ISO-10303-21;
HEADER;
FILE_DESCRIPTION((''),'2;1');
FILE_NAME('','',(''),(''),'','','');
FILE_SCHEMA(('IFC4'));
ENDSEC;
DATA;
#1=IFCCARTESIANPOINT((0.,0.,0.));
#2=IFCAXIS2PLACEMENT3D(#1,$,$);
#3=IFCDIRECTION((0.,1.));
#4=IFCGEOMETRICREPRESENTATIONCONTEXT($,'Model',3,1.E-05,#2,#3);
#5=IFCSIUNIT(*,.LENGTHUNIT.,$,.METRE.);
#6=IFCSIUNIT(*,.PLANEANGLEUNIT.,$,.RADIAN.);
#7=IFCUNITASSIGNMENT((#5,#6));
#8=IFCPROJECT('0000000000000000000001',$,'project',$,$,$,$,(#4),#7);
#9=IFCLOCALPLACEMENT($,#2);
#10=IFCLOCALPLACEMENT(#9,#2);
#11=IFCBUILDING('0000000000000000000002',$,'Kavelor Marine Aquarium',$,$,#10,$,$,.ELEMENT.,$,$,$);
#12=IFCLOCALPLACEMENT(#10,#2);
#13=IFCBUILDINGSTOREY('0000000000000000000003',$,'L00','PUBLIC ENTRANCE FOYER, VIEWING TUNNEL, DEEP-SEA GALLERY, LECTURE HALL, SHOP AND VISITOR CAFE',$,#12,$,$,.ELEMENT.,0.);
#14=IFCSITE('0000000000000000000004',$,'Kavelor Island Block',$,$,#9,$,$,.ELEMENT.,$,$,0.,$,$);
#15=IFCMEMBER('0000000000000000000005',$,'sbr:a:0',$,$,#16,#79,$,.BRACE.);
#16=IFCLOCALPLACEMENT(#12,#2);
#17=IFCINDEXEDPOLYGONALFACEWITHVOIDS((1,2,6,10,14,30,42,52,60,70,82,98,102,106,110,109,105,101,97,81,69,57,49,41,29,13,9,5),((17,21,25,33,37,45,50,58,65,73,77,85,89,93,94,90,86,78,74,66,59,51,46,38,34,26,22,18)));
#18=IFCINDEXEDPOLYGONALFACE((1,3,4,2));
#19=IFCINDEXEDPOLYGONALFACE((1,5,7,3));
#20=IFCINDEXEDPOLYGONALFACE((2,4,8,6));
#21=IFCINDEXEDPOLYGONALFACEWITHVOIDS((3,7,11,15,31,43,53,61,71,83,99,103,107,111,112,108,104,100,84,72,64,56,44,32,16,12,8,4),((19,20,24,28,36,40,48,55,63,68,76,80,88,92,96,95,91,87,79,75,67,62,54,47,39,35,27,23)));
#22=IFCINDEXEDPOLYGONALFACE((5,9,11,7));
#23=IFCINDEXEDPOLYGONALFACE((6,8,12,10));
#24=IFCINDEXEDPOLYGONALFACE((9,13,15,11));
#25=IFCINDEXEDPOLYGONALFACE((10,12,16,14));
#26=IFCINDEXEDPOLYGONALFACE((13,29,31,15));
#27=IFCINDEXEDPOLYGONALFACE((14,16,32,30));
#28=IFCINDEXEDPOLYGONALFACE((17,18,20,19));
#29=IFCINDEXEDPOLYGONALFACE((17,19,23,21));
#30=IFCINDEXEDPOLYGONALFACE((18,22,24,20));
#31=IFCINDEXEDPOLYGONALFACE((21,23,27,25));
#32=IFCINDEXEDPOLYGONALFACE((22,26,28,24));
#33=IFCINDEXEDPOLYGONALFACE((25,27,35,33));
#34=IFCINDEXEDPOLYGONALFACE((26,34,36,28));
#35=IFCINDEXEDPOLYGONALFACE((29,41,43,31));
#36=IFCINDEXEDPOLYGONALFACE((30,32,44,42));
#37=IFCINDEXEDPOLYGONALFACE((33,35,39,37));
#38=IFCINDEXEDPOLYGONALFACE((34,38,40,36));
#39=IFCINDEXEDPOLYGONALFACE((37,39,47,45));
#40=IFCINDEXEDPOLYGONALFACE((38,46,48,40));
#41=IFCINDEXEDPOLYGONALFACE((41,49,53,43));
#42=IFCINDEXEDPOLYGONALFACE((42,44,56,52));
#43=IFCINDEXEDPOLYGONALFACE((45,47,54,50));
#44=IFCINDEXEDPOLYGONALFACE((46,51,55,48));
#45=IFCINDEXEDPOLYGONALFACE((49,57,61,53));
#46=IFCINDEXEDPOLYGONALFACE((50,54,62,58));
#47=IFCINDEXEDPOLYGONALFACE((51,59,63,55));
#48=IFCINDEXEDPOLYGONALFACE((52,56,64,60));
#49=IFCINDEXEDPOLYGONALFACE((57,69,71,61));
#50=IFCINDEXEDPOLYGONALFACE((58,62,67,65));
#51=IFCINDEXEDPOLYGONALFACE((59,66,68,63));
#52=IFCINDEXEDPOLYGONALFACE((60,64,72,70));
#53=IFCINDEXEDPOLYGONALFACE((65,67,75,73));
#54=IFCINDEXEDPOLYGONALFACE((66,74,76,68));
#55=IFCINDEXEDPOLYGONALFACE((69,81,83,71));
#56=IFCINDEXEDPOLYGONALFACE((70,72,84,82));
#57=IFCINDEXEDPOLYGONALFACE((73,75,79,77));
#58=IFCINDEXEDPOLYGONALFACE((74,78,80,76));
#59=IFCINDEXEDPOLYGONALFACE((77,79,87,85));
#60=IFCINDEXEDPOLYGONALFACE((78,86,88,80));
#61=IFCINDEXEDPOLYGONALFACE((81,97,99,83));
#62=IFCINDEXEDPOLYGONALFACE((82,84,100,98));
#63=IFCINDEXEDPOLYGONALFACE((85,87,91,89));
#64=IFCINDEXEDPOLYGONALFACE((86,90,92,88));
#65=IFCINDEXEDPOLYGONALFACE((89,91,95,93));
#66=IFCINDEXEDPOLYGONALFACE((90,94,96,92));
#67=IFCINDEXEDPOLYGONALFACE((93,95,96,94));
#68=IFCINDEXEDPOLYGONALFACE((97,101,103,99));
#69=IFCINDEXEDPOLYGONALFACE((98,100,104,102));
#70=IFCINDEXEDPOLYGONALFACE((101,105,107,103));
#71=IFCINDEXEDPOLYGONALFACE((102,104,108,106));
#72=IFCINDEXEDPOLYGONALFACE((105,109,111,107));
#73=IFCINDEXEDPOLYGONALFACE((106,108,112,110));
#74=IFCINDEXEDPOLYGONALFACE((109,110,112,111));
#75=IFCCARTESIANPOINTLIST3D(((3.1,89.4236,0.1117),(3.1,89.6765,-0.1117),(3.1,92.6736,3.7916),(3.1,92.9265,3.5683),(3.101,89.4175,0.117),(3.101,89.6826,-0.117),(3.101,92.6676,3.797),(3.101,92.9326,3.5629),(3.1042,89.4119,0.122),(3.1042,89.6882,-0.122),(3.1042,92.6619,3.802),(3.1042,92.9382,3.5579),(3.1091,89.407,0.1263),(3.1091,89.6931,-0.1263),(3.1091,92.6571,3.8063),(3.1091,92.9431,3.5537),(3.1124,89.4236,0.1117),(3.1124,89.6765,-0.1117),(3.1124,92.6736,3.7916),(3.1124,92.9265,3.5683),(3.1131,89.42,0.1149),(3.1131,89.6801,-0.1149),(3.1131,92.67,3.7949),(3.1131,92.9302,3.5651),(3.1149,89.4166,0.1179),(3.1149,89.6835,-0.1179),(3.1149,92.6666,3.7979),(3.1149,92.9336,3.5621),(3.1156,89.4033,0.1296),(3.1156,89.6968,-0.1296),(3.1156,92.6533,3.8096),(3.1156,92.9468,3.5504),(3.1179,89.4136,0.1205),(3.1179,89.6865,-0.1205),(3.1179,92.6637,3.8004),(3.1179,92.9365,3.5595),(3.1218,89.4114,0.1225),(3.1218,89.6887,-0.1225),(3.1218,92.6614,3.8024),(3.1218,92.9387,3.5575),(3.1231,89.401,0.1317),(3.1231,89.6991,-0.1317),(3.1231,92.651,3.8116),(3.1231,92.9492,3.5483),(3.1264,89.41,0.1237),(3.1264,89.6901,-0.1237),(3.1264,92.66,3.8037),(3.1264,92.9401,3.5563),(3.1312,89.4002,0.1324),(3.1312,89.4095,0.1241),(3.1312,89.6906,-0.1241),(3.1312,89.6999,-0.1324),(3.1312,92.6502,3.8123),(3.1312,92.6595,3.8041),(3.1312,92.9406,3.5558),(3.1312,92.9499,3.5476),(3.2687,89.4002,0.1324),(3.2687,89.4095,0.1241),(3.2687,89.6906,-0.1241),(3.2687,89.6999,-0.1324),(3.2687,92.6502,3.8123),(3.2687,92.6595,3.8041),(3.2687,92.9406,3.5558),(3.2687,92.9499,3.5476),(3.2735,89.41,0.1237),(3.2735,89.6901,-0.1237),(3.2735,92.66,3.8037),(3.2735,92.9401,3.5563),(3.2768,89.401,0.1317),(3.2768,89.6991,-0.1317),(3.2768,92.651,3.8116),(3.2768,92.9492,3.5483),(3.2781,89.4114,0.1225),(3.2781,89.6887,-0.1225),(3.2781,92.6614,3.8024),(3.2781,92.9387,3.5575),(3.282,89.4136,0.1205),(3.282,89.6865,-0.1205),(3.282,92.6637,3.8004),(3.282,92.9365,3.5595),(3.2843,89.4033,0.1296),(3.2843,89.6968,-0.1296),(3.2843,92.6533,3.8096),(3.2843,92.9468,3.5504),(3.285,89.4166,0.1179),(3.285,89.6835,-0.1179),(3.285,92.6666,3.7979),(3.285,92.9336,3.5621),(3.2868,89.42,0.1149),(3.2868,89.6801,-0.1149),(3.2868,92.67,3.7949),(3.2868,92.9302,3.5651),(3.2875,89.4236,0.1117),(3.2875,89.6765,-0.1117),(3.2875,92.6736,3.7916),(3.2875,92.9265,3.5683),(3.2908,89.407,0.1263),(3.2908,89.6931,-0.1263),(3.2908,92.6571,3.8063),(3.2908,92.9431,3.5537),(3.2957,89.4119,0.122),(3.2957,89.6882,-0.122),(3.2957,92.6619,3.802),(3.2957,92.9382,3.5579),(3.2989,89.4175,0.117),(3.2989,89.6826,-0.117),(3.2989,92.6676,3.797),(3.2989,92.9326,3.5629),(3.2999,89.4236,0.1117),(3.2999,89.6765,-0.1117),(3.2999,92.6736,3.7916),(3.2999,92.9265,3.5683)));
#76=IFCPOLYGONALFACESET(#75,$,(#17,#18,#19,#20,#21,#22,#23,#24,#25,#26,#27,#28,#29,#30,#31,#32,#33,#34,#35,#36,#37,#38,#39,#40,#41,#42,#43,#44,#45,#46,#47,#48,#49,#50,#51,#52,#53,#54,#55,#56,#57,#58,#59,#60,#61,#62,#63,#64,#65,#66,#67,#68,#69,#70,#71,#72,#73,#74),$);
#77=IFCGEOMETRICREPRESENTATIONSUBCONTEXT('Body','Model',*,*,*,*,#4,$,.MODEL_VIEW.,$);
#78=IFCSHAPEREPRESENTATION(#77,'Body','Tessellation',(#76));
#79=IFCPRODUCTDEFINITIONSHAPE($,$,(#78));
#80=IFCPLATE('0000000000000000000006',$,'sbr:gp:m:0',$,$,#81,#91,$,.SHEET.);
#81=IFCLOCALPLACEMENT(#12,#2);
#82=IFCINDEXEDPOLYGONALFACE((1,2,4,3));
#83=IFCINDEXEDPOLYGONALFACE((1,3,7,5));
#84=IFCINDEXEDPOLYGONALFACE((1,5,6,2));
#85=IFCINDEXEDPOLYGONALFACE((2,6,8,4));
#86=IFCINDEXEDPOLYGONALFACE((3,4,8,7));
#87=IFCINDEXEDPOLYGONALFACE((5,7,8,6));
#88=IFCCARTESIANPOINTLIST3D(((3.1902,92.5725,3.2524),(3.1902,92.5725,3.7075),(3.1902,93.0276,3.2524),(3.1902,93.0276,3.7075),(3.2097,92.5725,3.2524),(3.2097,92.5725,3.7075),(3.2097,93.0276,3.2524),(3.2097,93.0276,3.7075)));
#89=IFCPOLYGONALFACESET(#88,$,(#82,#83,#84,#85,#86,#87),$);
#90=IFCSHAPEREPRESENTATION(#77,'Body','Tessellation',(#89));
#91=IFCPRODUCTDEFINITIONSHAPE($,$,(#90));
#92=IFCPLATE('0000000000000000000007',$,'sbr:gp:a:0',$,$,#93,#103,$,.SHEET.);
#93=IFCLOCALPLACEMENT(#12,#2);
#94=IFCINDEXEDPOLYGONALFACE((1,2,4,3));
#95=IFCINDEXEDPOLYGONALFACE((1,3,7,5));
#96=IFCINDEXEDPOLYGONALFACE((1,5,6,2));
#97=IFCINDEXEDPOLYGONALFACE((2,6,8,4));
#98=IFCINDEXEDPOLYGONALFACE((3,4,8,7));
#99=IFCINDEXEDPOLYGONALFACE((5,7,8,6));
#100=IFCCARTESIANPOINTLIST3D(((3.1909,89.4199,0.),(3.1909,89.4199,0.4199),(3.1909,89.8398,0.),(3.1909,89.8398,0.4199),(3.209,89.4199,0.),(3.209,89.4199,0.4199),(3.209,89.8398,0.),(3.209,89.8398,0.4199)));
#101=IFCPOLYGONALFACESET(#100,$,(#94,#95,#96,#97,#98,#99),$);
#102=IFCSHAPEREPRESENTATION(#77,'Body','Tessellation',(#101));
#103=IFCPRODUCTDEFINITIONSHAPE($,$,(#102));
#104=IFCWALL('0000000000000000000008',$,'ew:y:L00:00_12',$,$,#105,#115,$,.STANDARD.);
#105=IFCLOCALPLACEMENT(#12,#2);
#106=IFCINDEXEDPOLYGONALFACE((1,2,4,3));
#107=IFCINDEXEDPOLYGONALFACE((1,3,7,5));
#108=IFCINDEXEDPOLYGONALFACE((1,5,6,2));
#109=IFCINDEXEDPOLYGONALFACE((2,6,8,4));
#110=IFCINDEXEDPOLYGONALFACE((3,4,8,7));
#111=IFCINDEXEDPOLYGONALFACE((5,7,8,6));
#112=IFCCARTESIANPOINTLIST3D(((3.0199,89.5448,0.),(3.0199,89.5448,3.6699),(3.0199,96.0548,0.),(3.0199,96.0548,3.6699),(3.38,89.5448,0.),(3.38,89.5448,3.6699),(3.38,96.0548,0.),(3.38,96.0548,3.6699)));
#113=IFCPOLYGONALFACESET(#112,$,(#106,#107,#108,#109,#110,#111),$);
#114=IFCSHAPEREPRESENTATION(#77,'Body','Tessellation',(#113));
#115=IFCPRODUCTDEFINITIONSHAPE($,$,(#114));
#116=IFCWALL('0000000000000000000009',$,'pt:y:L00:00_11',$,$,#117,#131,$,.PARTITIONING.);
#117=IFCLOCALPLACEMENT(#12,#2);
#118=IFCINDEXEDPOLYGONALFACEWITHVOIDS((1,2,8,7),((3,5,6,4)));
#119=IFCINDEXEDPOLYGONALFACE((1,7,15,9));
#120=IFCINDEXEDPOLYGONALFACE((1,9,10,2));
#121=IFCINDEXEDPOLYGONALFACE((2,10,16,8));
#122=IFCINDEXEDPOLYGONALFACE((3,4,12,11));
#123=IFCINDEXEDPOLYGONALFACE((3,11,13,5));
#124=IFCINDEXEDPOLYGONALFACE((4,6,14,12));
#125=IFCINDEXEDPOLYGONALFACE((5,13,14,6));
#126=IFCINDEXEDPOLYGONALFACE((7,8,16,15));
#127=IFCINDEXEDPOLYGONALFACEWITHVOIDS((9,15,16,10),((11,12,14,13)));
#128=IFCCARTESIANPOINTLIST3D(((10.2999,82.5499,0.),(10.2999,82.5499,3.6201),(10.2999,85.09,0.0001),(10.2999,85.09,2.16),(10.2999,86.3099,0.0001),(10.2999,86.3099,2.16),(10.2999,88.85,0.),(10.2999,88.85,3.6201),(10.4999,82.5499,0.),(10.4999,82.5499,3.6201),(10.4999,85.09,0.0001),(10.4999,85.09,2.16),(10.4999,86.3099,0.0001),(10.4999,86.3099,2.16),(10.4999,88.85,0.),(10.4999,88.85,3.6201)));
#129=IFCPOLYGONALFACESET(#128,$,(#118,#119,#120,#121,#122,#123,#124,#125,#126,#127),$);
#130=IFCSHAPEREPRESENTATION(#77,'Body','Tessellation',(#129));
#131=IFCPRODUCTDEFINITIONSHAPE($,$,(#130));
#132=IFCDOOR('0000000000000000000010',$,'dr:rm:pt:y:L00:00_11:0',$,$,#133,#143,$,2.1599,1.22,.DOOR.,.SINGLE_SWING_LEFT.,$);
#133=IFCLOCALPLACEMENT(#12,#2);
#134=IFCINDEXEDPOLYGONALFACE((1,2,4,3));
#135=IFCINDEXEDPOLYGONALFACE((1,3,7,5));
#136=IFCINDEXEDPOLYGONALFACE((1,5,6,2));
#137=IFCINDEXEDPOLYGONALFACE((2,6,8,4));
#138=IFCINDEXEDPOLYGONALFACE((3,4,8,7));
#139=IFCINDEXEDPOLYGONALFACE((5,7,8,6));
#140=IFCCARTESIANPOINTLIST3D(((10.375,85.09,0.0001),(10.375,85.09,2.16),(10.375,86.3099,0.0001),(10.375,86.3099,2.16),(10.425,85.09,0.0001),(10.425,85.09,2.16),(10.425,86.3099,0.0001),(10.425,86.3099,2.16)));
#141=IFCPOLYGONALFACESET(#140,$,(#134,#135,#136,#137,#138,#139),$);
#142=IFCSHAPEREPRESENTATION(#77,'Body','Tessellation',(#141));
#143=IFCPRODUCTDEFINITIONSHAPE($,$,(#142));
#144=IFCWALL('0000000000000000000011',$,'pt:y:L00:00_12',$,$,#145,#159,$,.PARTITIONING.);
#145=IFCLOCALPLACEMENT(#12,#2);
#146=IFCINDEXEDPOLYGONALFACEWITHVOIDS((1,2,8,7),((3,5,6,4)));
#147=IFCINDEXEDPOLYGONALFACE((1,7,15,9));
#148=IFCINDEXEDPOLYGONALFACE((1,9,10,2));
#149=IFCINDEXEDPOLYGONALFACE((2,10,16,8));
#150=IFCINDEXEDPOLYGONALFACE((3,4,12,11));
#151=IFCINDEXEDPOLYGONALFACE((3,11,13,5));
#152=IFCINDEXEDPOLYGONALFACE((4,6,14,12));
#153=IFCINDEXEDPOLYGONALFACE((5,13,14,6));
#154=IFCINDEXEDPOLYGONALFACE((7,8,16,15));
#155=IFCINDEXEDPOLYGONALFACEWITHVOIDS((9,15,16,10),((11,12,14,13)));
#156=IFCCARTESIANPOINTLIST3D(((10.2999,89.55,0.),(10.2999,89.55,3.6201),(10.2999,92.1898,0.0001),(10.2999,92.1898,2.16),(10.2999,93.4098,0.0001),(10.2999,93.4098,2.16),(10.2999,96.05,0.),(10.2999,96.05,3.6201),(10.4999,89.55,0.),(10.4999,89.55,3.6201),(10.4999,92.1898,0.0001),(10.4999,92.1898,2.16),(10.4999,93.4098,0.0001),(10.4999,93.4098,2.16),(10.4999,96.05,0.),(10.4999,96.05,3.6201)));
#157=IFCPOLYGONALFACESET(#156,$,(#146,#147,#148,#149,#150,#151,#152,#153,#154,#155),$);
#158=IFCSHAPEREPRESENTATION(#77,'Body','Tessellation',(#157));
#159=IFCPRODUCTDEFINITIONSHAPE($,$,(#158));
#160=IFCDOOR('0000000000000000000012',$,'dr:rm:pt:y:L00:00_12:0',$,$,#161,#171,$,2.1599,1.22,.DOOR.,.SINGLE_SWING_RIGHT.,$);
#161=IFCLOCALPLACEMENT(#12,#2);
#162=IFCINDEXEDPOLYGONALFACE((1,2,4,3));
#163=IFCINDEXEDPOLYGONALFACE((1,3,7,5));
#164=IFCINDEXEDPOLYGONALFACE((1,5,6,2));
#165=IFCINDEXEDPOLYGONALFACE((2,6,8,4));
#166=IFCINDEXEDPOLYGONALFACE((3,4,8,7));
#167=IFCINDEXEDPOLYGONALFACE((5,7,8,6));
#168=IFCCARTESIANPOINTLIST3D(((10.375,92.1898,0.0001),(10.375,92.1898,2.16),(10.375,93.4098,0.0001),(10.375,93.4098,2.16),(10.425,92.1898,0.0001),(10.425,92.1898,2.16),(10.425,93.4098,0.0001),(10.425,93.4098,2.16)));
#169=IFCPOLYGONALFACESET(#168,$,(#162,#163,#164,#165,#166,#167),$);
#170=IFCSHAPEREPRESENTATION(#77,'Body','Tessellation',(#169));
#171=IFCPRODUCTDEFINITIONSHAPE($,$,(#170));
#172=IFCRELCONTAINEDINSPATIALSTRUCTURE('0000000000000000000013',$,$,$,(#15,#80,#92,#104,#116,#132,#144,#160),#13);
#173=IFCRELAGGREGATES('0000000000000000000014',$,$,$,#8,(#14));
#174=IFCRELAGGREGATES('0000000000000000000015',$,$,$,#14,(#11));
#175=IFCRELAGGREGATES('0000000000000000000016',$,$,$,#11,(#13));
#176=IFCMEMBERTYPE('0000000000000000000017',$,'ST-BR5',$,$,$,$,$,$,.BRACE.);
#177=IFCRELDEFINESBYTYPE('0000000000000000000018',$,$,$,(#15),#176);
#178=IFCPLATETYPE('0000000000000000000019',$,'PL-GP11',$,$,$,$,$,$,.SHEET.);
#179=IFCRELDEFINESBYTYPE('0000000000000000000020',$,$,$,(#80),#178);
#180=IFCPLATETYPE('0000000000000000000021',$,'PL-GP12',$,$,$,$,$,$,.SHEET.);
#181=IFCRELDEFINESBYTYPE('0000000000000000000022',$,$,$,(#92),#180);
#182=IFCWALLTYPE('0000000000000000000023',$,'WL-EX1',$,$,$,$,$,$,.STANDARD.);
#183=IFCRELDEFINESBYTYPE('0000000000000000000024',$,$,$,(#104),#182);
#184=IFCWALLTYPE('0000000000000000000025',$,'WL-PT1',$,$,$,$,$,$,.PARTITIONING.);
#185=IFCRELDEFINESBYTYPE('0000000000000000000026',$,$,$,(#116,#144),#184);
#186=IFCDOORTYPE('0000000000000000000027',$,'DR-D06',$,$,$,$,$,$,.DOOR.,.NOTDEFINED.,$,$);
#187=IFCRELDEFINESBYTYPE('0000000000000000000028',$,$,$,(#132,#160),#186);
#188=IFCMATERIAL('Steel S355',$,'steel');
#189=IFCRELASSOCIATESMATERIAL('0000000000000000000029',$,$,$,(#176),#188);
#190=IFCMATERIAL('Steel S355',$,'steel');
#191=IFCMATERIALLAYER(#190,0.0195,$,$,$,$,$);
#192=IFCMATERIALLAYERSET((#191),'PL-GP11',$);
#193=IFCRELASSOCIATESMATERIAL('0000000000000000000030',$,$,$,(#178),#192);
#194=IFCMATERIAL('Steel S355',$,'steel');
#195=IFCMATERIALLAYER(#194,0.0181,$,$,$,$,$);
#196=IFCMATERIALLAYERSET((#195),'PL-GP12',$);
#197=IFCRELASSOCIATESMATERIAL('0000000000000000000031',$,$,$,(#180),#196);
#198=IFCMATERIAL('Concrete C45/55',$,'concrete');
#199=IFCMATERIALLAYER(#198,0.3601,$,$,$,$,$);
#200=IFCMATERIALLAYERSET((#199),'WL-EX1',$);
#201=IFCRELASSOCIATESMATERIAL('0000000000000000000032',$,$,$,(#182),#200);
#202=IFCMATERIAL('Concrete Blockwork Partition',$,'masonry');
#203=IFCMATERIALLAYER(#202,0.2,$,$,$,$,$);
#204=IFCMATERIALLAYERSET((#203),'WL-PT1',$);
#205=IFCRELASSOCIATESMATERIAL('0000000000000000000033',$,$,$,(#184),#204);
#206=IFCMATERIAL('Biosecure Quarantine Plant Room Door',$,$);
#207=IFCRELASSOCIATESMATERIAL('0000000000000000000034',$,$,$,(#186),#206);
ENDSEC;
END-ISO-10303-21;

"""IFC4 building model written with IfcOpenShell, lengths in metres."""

from ifc_helpers import new_model, si_unit, direction, frame, frame_2d, origin, origin_2d, place, context, subcontext, project, spatial, rectangle, hollow_rectangle, extrude, material, layer, layer_set, material_profile, profile_set, type_object, element, fill, save


model = new_model("IFC4")

# Units and contexts
model_context = context("Model", 3, precision=1e-05, world=origin(), true_north=direction((0.0, 1.0)))
body_context = subcontext(model_context, "Body", "Model", "MODEL_VIEW")
ifc_project = project(units=[si_unit("LENGTHUNIT", "METRE"), si_unit("PLANEANGLEUNIT", "RADIAN")], contexts=[model_context])

# Site, building, storey
site_placement = place(None, origin())
site = spatial("IfcSite", under=ifc_project, at=site_placement, Name="Kavelor Island Block", CompositionType="ELEMENT", RefElevation=0.0)
building_placement = place(site_placement, origin())
building = spatial("IfcBuilding", under=site, at=building_placement, Name="Kavelor Marine Aquarium", CompositionType="ELEMENT")
storey_placement = place(building_placement, origin())
storey = spatial("IfcBuildingStorey", under=building, at=storey_placement, Name="L00", Description="PUBLIC ENTRANCE FOYER, VIEWING TUNNEL, DEEP-SEA GALLERY, LECTURE HALL, SHOP AND VISITOR CAFE", CompositionType="ELEMENT", Elevation=0.0)

# Member
ifc_material_1 = material(Name="Steel S355", Category="steel")
ifc_material_profile_1 = material_profile(ifc_material_1, hollow_rectangle(XDim=0.2, YDim=0.3999, WallThickness=0.0125, InnerFilletRadius=0.0188, OuterFilletRadius=0.0312, at=origin_2d()), Name="RHS 400x200x12.5")
ifc_profile_set_1 = profile_set([ifc_material_profile_1], Name="Steel S355")
member_type = type_object("IfcMemberType", Name="ST-BR5", PredefinedType="BRACE", material=ifc_profile_set_1)
member_placement = place(storey_placement, frame((3.2, 89.55, 0.0), z_axis=(0.0, 0.661965, 0.749534), x_axis=(-1.0, 0.0, 0.0)))
element("IfcMember", 1, at=member_placement, inside=storey, type_object=member_type, Name="sbr:a:0", PredefinedType="BRACE", context=body_context, shape_type="SweptSolid", body=[
    extrude(hollow_rectangle(XDim=0.2, YDim=0.3999, WallThickness=0.0125, InnerFilletRadius=0.0188, OuterFilletRadius=0.0312, at=origin_2d()), origin(), (0.0, 0.0, 1.0), 4.9097),
])

# Plates
ifc_material_2 = material(Name="Steel S355", Category="steel")
ifc_layer_1 = layer(ifc_material_2, 0.0195)
ifc_layer_set_1 = layer_set([ifc_layer_1], Name="PL-GP11")
plate_type_1 = type_object("IfcPlateType", Name="PL-GP11", PredefinedType="SHEET", material=ifc_layer_set_1)
plate_1_placement = place(storey_placement, frame((3.2, 92.8, 3.2524), z_axis=(0.0, 0.0, 1.0), x_axis=(1.0, 0.0, 0.0)))
element("IfcPlate", 2, at=plate_1_placement, inside=storey, type_object=plate_type_1, Name="sbr:gp:m:0", PredefinedType="SHEET", context=body_context, shape_type="SweptSolid", body=[
    extrude(rectangle(XDim=0.0195, YDim=0.4551, at=origin_2d()), origin(), (0.0, 0.0, 1.0), 0.4551),
])
ifc_material_3 = material(Name="Steel S355", Category="steel")
ifc_layer_2 = layer(ifc_material_3, 0.0181)
ifc_layer_set_2 = layer_set([ifc_layer_2], Name="PL-GP12")
plate_type_2 = type_object("IfcPlateType", Name="PL-GP12", PredefinedType="SHEET", material=ifc_layer_set_2)
plate_2_placement = place(storey_placement, frame((3.2, 89.6299, 0.0), z_axis=(0.0, 0.0, 1.0), x_axis=(1.0, 0.0, 0.0)))
element("IfcPlate", 3, at=plate_2_placement, inside=storey, type_object=plate_type_2, Name="sbr:gp:a:0", PredefinedType="SHEET", context=body_context, shape_type="SweptSolid", body=[
    extrude(rectangle(XDim=0.0181, YDim=0.4199, at=origin_2d()), origin(), (0.0, 0.0, 1.0), 0.4199),
])

# Wall
ifc_material_4 = material(Name="Concrete C45/55", Category="concrete")
ifc_layer_3 = layer(ifc_material_4, 0.3601)
ifc_layer_set_3 = layer_set([ifc_layer_3], Name="WL-EX1")
wall_type_1 = type_object("IfcWallType", Name="WL-EX1", PredefinedType="STANDARD", material=ifc_layer_set_3)
wall_1_placement = place(storey_placement, frame((3.2, 89.5449, 0.0), z_axis=(0.0, 0.0, 1.0), x_axis=(0.0, 1.0, 0.0)))
element("IfcWall", 4, at=wall_1_placement, inside=storey, type_object=wall_type_1, Name="ew:y:L00:00_12", PredefinedType="STANDARD", context=body_context, shape_type="SweptSolid", body=[
    extrude(rectangle(XDim=6.51, YDim=0.3601, at=frame_2d((3.2549, 0.0))), origin(), (0.0, 0.0, 1.0), 3.6699),
])

# Walls, openings, doors
ifc_material_5 = material(Name="Concrete Blockwork Partition", Category="masonry")
ifc_layer_4 = layer(ifc_material_5, 0.2)
ifc_layer_set_4 = layer_set([ifc_layer_4], Name="WL-PT1")
wall_type_2 = type_object("IfcWallType", Name="WL-PT1", PredefinedType="PARTITIONING", material=ifc_layer_set_4)
wall_2_placement = place(storey_placement, frame((10.3999, 82.55, 0.0), z_axis=(0.0, 0.0, 1.0), x_axis=(0.0, 1.0, 0.0)))
wall_2 = element("IfcWall", 5, at=wall_2_placement, inside=storey, type_object=wall_type_2, Name="pt:y:L00:00_11", PredefinedType="PARTITIONING", context=body_context, shape_type="SweptSolid", body=[
    extrude(rectangle(XDim=6.3, YDim=0.2, at=frame_2d((3.1499, 0.0))), origin(), (0.0, 0.0, 1.0), 3.6201),
])
opening_1_placement = place(wall_2_placement, frame((2.54, 0.0, 0.0)))
opening_1 = element("IfcOpeningElement", 6, at=opening_1_placement, cuts=wall_2, PredefinedType="OPENING", context=body_context, shape_type="SweptSolid", body=[
    extrude(rectangle(XDim=1.22, YDim=2.1599, at=frame_2d((0.6099, 1.0801))), frame((0.0, 0.1099, 0.0), z_axis=(0.0, -1.0, 0.0), x_axis=(1.0, 0.0, 0.0)), (0.0, 0.0, 1.0), 0.22),
])
ifc_material_6 = material(Name="Biosecure Quarantine Plant Room Door")
door_type = type_object("IfcDoorType", Name="DR-D06", OperationType="NOTDEFINED", PredefinedType="DOOR", material=ifc_material_6)
door_1_placement = place(opening_1_placement, origin())
door_1 = element("IfcDoor", 7, at=door_1_placement, inside=storey, type_object=door_type, Name="dr:rm:pt:y:L00:00_11:0", OperationType="SINGLE_SWING_LEFT", OverallHeight=2.1599, OverallWidth=1.22, PredefinedType="DOOR", context=body_context, shape_type="SweptSolid", body=[
    extrude(rectangle(XDim=1.22, YDim=2.1599, at=frame_2d((0.6099, 1.0801))), frame((0.0, 0.0249, 0.0), z_axis=(0.0, -1.0, 0.0), x_axis=(1.0, 0.0, 0.0)), (0.0, 0.0, 1.0), 0.05),
])
fill(opening_1, door_1)
wall_3_placement = place(storey_placement, frame((10.3999, 89.55, 0.0), z_axis=(0.0, 0.0, 1.0), x_axis=(0.0, 1.0, 0.0)))
wall_3 = element("IfcWall", 8, at=wall_3_placement, inside=storey, type_object=wall_type_2, Name="pt:y:L00:00_12", PredefinedType="PARTITIONING", context=body_context, shape_type="SweptSolid", body=[
    extrude(rectangle(XDim=6.5, YDim=0.2, at=frame_2d((3.25, 0.0))), origin(), (0.0, 0.0, 1.0), 3.6201),
])
opening_2_placement = place(wall_3_placement, frame((2.6399, 0.0, 0.0)))
opening_2 = element("IfcOpeningElement", 9, at=opening_2_placement, cuts=wall_3, PredefinedType="OPENING", context=body_context, shape_type="SweptSolid", body=[
    extrude(rectangle(XDim=1.22, YDim=2.1599, at=frame_2d((0.6099, 1.0801))), frame((0.0, 0.1099, 0.0), z_axis=(0.0, -1.0, 0.0), x_axis=(1.0, 0.0, 0.0)), (0.0, 0.0, 1.0), 0.22),
])
door_2_placement = place(opening_2_placement, origin())
door_2 = element("IfcDoor", 10, at=door_2_placement, inside=storey, type_object=door_type, Name="dr:rm:pt:y:L00:00_12:0", OperationType="SINGLE_SWING_RIGHT", OverallHeight=2.1599, OverallWidth=1.22, PredefinedType="DOOR", context=body_context, shape_type="SweptSolid", body=[
    extrude(rectangle(XDim=1.22, YDim=2.1599, at=frame_2d((0.6099, 1.0801))), frame((0.0, 0.0249, 0.0), z_axis=(0.0, -1.0, 0.0), x_axis=(1.0, 0.0, 0.0)), (0.0, 0.0, 1.0), 0.05),
])
fill(opening_2, door_2)

save(model, "model.ifc")
